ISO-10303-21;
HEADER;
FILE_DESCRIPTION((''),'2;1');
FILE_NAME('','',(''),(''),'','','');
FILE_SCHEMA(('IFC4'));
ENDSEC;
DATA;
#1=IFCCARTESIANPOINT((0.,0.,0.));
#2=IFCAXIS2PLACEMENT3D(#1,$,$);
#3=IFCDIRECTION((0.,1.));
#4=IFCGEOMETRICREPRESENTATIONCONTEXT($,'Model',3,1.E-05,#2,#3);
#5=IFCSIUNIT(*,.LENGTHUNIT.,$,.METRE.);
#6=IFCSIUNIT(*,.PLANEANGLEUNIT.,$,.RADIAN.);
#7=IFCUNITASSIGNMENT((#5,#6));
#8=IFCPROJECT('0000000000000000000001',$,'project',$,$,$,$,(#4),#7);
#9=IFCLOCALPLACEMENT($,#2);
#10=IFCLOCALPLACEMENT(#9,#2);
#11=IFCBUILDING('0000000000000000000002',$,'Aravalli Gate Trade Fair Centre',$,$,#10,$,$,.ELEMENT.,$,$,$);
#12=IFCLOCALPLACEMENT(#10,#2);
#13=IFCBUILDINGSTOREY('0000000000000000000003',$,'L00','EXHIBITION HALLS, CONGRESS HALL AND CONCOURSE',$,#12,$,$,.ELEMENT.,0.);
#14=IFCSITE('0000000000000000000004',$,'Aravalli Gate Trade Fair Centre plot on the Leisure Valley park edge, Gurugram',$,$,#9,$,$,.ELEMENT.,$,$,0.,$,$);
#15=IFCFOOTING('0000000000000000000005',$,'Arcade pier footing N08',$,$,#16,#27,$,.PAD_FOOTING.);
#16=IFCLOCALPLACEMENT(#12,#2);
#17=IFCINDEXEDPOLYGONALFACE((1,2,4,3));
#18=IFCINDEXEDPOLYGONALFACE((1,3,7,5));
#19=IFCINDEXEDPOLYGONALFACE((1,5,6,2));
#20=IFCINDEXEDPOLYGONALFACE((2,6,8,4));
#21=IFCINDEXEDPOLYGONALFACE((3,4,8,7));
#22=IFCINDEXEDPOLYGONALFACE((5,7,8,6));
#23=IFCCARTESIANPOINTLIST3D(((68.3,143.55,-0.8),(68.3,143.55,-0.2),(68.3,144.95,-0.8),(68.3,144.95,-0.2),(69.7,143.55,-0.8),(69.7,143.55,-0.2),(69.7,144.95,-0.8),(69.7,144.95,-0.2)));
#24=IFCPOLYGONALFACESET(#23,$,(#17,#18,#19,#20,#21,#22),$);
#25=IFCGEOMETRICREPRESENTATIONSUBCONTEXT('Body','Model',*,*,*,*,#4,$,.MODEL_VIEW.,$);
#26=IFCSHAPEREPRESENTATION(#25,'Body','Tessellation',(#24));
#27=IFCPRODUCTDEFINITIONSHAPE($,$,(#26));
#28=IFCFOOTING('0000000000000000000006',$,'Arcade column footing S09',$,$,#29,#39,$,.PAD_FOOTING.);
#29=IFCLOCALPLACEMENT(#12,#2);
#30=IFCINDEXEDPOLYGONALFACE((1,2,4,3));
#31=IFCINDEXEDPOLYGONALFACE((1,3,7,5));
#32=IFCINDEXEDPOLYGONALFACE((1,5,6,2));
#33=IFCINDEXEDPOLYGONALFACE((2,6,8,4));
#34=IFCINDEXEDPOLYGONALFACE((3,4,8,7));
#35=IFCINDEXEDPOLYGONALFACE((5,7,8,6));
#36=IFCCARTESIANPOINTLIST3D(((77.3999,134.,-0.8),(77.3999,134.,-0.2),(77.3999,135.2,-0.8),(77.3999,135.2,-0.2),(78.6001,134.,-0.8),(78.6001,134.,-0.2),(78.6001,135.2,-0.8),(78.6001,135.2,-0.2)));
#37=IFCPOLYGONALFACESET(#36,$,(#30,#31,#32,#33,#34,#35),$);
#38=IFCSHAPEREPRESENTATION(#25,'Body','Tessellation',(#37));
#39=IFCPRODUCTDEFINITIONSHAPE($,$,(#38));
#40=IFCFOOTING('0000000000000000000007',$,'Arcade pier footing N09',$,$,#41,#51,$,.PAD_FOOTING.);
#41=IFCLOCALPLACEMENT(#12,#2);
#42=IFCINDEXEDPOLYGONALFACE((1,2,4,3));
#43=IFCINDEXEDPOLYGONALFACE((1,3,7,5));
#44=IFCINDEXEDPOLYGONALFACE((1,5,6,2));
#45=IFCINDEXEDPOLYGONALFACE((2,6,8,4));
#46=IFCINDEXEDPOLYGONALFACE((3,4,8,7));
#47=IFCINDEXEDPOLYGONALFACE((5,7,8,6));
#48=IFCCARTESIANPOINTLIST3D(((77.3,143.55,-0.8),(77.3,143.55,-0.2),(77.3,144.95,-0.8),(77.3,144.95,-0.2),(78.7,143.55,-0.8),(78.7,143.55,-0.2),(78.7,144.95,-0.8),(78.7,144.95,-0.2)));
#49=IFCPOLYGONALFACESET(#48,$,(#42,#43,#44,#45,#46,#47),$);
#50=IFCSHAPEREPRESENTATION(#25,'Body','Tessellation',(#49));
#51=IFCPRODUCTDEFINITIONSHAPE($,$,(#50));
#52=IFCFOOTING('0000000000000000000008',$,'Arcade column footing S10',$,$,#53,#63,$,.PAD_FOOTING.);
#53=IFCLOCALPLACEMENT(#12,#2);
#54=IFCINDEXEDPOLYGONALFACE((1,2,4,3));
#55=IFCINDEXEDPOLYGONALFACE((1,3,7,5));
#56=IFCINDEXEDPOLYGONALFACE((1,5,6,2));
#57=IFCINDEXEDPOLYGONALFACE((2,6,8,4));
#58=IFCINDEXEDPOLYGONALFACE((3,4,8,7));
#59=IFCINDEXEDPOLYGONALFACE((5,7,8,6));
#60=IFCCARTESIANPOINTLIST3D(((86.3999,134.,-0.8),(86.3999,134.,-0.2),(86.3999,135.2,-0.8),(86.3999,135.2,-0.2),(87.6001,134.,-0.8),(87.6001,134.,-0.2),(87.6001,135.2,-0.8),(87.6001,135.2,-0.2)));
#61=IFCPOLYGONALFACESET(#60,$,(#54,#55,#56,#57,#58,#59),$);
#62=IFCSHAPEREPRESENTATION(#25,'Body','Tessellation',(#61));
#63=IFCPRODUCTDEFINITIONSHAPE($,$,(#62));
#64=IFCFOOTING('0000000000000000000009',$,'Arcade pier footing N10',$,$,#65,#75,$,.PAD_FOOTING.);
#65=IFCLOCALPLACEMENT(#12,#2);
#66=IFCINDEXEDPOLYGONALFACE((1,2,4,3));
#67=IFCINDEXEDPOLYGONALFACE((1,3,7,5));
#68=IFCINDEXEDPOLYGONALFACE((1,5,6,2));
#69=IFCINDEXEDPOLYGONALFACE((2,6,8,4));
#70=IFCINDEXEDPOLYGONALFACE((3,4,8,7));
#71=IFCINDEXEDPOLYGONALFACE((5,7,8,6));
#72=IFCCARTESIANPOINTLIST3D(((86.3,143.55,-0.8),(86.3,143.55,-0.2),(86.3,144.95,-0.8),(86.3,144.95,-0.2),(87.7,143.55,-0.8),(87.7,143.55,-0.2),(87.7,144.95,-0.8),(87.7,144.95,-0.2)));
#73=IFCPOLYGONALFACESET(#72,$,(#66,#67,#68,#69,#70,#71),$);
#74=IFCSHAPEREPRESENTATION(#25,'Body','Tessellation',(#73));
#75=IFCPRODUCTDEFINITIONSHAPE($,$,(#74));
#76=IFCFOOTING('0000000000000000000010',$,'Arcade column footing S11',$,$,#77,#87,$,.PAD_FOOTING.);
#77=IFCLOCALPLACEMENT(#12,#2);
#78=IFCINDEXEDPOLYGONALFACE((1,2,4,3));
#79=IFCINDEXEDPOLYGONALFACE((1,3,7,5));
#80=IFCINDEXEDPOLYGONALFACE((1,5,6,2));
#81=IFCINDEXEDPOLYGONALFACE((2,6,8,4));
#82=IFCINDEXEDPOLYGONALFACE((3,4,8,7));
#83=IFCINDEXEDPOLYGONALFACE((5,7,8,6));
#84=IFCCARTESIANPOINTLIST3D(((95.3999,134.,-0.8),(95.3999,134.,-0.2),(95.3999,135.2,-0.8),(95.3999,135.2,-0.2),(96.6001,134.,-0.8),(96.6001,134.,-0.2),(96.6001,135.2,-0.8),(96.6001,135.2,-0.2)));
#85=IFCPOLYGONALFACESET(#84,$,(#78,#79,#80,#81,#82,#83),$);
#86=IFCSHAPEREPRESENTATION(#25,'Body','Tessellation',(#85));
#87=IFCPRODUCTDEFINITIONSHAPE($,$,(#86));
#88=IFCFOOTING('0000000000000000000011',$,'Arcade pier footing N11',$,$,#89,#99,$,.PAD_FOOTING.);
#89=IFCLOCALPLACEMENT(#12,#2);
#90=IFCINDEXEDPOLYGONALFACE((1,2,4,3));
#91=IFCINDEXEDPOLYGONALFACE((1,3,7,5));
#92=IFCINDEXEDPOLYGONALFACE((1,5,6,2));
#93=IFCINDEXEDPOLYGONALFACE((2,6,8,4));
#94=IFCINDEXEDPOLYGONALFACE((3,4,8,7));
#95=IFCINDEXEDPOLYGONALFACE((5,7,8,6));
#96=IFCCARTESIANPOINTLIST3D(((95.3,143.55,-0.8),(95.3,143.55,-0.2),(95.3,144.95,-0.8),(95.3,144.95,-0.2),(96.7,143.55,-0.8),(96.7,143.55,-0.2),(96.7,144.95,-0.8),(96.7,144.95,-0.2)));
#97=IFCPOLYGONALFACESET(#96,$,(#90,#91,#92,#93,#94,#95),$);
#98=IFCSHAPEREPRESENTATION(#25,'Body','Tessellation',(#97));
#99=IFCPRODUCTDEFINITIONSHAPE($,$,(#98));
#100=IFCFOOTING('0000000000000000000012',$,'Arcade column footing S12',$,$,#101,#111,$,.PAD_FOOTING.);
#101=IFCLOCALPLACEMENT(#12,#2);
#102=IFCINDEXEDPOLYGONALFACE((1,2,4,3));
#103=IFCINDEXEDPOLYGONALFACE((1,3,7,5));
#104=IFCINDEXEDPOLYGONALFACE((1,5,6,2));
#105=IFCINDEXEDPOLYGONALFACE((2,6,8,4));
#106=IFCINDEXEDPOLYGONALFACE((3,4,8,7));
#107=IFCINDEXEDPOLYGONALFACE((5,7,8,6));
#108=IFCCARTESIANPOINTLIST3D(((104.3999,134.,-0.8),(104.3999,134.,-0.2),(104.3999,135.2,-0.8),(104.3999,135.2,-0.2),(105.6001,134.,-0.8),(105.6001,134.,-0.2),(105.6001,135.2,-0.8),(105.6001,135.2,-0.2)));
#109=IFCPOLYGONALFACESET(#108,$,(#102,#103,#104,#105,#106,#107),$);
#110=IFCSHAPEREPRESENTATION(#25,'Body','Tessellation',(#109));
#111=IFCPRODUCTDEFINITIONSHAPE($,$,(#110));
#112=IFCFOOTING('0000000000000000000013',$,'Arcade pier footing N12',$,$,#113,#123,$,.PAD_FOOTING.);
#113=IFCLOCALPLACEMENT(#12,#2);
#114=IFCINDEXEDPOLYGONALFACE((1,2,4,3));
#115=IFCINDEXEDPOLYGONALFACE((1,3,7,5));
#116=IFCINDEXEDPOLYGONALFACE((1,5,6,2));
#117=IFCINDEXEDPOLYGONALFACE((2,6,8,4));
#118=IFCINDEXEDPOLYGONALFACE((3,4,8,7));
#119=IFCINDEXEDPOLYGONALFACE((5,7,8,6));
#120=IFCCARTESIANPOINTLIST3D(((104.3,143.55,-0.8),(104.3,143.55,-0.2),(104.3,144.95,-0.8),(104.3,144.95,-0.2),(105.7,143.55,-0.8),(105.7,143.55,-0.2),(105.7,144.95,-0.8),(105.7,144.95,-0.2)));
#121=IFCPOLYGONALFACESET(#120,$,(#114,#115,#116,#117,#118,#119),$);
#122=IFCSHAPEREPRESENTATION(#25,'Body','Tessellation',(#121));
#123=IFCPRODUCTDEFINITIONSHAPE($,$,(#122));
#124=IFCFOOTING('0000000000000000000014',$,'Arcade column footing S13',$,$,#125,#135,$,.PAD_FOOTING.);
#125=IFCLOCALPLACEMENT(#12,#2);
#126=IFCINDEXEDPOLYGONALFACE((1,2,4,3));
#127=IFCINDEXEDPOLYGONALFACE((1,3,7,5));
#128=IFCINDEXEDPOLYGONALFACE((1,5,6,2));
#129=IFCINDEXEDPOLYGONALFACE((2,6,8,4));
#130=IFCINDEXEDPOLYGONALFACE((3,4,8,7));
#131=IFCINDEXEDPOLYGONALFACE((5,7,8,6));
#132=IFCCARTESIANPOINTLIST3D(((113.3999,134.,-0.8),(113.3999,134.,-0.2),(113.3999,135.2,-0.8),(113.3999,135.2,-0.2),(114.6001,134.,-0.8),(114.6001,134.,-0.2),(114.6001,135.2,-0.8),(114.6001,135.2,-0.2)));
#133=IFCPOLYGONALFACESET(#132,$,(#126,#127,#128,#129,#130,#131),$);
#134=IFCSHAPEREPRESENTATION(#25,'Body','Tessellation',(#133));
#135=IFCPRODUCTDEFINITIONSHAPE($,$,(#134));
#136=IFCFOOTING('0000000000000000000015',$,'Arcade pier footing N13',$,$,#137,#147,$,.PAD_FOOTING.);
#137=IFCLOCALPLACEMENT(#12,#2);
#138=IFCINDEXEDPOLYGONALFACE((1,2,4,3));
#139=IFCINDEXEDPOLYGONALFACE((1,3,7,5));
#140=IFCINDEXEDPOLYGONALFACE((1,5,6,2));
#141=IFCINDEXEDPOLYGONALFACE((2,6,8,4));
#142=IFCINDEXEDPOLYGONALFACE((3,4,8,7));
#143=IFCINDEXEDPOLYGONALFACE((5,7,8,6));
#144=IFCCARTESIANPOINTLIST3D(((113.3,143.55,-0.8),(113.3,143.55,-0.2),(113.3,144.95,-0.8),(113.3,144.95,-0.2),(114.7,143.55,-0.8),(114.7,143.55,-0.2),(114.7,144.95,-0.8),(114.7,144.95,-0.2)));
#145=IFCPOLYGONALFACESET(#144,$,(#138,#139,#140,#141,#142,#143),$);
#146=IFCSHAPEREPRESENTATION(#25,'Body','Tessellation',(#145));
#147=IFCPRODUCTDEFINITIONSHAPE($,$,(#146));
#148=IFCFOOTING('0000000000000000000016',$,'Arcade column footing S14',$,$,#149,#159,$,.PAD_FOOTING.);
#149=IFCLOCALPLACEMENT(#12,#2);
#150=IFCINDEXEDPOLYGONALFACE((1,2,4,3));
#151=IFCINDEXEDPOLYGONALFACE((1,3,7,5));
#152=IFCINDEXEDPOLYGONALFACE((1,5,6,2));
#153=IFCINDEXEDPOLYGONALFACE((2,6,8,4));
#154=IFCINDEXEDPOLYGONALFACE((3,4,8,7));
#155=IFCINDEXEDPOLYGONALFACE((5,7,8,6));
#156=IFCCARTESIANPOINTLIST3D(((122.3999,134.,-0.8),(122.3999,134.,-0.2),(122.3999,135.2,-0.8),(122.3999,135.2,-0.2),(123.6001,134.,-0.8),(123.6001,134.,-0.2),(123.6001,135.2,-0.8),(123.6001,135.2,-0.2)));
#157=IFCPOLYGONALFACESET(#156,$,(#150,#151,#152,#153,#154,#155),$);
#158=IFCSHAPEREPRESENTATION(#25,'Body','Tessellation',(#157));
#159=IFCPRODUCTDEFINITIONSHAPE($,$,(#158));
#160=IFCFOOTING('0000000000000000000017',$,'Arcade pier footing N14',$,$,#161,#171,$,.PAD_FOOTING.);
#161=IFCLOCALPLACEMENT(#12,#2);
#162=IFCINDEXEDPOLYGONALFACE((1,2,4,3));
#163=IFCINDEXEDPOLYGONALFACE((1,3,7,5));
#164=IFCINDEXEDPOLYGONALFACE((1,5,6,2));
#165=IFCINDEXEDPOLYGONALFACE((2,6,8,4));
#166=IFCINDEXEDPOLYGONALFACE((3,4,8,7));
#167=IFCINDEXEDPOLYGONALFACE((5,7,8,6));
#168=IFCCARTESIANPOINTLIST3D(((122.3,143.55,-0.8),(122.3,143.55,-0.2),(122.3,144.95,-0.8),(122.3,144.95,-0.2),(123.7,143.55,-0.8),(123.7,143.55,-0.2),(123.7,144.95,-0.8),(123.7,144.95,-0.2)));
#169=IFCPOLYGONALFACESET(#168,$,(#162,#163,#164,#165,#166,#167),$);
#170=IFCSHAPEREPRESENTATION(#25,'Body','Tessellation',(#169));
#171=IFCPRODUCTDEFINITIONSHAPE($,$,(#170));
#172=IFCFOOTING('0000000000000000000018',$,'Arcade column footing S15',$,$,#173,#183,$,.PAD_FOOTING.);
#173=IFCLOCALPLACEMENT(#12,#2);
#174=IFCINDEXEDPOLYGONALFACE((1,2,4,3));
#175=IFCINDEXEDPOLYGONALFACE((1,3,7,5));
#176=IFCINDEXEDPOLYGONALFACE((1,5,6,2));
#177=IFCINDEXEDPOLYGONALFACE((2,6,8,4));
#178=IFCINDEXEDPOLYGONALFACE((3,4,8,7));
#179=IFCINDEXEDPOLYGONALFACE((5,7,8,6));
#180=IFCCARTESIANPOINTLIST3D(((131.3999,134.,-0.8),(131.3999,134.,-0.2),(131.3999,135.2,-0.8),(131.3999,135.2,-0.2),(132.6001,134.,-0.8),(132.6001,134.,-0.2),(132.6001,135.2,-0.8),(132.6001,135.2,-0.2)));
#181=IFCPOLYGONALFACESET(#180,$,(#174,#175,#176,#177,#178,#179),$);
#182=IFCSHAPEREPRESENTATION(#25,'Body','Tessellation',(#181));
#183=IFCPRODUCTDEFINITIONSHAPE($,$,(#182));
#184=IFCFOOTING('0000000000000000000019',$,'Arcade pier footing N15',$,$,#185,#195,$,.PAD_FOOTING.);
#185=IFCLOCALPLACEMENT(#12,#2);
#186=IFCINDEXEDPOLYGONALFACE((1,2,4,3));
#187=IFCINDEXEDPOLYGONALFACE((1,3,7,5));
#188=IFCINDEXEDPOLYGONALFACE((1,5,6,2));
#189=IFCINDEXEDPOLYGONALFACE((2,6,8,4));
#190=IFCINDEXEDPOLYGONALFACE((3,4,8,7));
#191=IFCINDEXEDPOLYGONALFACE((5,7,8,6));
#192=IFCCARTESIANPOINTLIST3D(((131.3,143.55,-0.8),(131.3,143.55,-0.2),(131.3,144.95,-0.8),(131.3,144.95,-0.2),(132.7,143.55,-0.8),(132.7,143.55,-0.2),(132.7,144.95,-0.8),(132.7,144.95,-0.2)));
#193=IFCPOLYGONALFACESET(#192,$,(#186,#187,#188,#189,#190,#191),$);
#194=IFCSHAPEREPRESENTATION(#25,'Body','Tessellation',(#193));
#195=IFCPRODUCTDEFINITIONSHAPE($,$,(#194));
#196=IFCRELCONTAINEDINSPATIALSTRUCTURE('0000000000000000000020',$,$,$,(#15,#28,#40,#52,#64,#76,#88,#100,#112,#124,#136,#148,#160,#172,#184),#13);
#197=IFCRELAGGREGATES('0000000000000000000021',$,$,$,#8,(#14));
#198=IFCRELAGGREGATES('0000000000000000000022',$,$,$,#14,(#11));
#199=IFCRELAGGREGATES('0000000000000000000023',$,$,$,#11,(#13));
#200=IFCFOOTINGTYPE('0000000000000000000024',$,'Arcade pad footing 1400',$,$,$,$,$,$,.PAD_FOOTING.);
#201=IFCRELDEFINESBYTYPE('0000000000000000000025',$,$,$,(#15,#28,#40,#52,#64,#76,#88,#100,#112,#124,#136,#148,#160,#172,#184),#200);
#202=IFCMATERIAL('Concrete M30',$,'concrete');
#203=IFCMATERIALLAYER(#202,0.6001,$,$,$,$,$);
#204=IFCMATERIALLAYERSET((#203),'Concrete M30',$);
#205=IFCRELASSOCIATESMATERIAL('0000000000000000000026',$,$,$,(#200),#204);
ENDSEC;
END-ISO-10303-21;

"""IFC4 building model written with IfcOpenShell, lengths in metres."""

from ifc_helpers import new_model, si_unit, direction, frame, origin, place, context, subcontext, project, spatial, polyline, outline, extrude, material, layer, layer_set, type_object, element, save


model = new_model("IFC4")

# Units and contexts
model_context = context("Model", 3, precision=1e-05, world=origin(), true_north=direction((0.0, 1.0)))
body_context = subcontext(model_context, "Body", "Model", "MODEL_VIEW")
ifc_project = project(units=[si_unit("LENGTHUNIT", "METRE"), si_unit("PLANEANGLEUNIT", "RADIAN")], contexts=[model_context])

# Site, building, storey
site_placement = place(None, origin())
site = spatial("IfcSite", under=ifc_project, at=site_placement, Name="Aravalli Gate Trade Fair Centre plot on the Leisure Valley park edge, Gurugram", CompositionType="ELEMENT", RefElevation=0.0)
building_placement = place(site_placement, origin())
building = spatial("IfcBuilding", under=site, at=building_placement, Name="Aravalli Gate Trade Fair Centre", CompositionType="ELEMENT")
storey_placement = place(building_placement, origin())
storey = spatial("IfcBuildingStorey", under=building, at=storey_placement, Name="L00", Description="EXHIBITION HALLS, CONGRESS HALL AND CONCOURSE", CompositionType="ELEMENT", Elevation=0.0)

# Footings
ifc_material_1 = material(Name="Concrete M30", Category="concrete")
ifc_layer_1 = layer(ifc_material_1, 0.6001)
ifc_layer_set_1 = layer_set([ifc_layer_1], Name="Concrete M30")
footing_type_1 = type_object("IfcFootingType", Name="Arcade pad footing 1400", PredefinedType="PAD_FOOTING", material=ifc_layer_set_1)
footing_1_placement = place(storey_placement, frame((0.0, 0.0, -0.8)))
element("IfcFooting", 1, at=footing_1_placement, inside=storey, type_object=footing_type_1, Name="Arcade pier footing N08", PredefinedType="PAD_FOOTING", context=body_context, shape_type="SweptSolid", body=[
    extrude(outline(polyline([(68.3, 143.55), (69.7, 143.55), (69.7, 144.95), (68.3, 144.95), (68.3, 143.55)])), origin(), (0.0, 0.0, 1.0), 0.6001),
])
footing_2_placement = place(storey_placement, frame((0.0, 0.0, -0.8)))
element("IfcFooting", 2, at=footing_2_placement, inside=storey, type_object=footing_type_1, Name="Arcade column footing S09", PredefinedType="PAD_FOOTING", context=body_context, shape_type="SweptSolid", body=[
    extrude(outline(polyline([(77.3999, 134.0), (78.6001, 134.0), (78.6001, 135.2), (77.3999, 135.2), (77.3999, 134.0)])), origin(), (0.0, 0.0, 1.0), 0.6001),
])
footing_3_placement = place(storey_placement, frame((0.0, 0.0, -0.8)))
element("IfcFooting", 3, at=footing_3_placement, inside=storey, type_object=footing_type_1, Name="Arcade pier footing N09", PredefinedType="PAD_FOOTING", context=body_context, shape_type="SweptSolid", body=[
    extrude(outline(polyline([(77.3, 143.55), (78.7, 143.55), (78.7, 144.95), (77.3, 144.95), (77.3, 143.55)])), origin(), (0.0, 0.0, 1.0), 0.6001),
])
footing_4_placement = place(storey_placement, frame((0.0, 0.0, -0.8)))
element("IfcFooting", 4, at=footing_4_placement, inside=storey, type_object=footing_type_1, Name="Arcade column footing S10", PredefinedType="PAD_FOOTING", context=body_context, shape_type="SweptSolid", body=[
    extrude(outline(polyline([(86.3999, 134.0), (87.6001, 134.0), (87.6001, 135.2), (86.3999, 135.2), (86.3999, 134.0)])), origin(), (0.0, 0.0, 1.0), 0.6001),
])
footing_5_placement = place(storey_placement, frame((0.0, 0.0, -0.8)))
element("IfcFooting", 5, at=footing_5_placement, inside=storey, type_object=footing_type_1, Name="Arcade pier footing N10", PredefinedType="PAD_FOOTING", context=body_context, shape_type="SweptSolid", body=[
    extrude(outline(polyline([(86.3, 143.55), (87.7, 143.55), (87.7, 144.95), (86.3, 144.95), (86.3, 143.55)])), origin(), (0.0, 0.0, 1.0), 0.6001),
])
footing_6_placement = place(storey_placement, frame((0.0, 0.0, -0.8)))
element("IfcFooting", 6, at=footing_6_placement, inside=storey, type_object=footing_type_1, Name="Arcade column footing S11", PredefinedType="PAD_FOOTING", context=body_context, shape_type="SweptSolid", body=[
    extrude(outline(polyline([(95.3999, 134.0), (96.6001, 134.0), (96.6001, 135.2), (95.3999, 135.2), (95.3999, 134.0)])), origin(), (0.0, 0.0, 1.0), 0.6001),
])
footing_7_placement = place(storey_placement, frame((0.0, 0.0, -0.8)))
element("IfcFooting", 7, at=footing_7_placement, inside=storey, type_object=footing_type_1, Name="Arcade pier footing N11", PredefinedType="PAD_FOOTING", context=body_context, shape_type="SweptSolid", body=[
    extrude(outline(polyline([(95.3, 143.55), (96.7, 143.55), (96.7, 144.95), (95.3, 144.95), (95.3, 143.55)])), origin(), (0.0, 0.0, 1.0), 0.6001),
])
footing_8_placement = place(storey_placement, frame((0.0, 0.0, -0.8)))
element("IfcFooting", 8, at=footing_8_placement, inside=storey, type_object=footing_type_1, Name="Arcade column footing S12", PredefinedType="PAD_FOOTING", context=body_context, shape_type="SweptSolid", body=[
    extrude(outline(polyline([(104.3999, 134.0), (105.6001, 134.0), (105.6001, 135.2), (104.3999, 135.2), (104.3999, 134.0)])), origin(), (0.0, 0.0, 1.0), 0.6001),
])
footing_9_placement = place(storey_placement, frame((0.0, 0.0, -0.8)))
element("IfcFooting", 9, at=footing_9_placement, inside=storey, type_object=footing_type_1, Name="Arcade pier footing N12", PredefinedType="PAD_FOOTING", context=body_context, shape_type="SweptSolid", body=[
    extrude(outline(polyline([(104.3, 143.55), (105.7, 143.55), (105.7, 144.95), (104.3, 144.95), (104.3, 143.55)])), origin(), (0.0, 0.0, 1.0), 0.6001),
])
footing_10_placement = place(storey_placement, frame((0.0, 0.0, -0.8)))
element("IfcFooting", 10, at=footing_10_placement, inside=storey, type_object=footing_type_1, Name="Arcade column footing S13", PredefinedType="PAD_FOOTING", context=body_context, shape_type="SweptSolid", body=[
    extrude(outline(polyline([(113.3999, 134.0), (114.6001, 134.0), (114.6001, 135.2), (113.3999, 135.2), (113.3999, 134.0)])), origin(), (0.0, 0.0, 1.0), 0.6001),
])
footing_11_placement = place(storey_placement, frame((0.0, 0.0, -0.8)))
element("IfcFooting", 11, at=footing_11_placement, inside=storey, type_object=footing_type_1, Name="Arcade pier footing N13", PredefinedType="PAD_FOOTING", context=body_context, shape_type="SweptSolid", body=[
    extrude(outline(polyline([(113.3, 143.55), (114.7, 143.55), (114.7, 144.95), (113.3, 144.95), (113.3, 143.55)])), origin(), (0.0, 0.0, 1.0), 0.6001),
])
footing_12_placement = place(storey_placement, frame((0.0, 0.0, -0.8)))
element("IfcFooting", 12, at=footing_12_placement, inside=storey, type_object=footing_type_1, Name="Arcade column footing S14", PredefinedType="PAD_FOOTING", context=body_context, shape_type="SweptSolid", body=[
    extrude(outline(polyline([(122.3999, 134.0), (123.6001, 134.0), (123.6001, 135.2), (122.3999, 135.2), (122.3999, 134.0)])), origin(), (0.0, 0.0, 1.0), 0.6001),
])
footing_13_placement = place(storey_placement, frame((0.0, 0.0, -0.8)))
element("IfcFooting", 13, at=footing_13_placement, inside=storey, type_object=footing_type_1, Name="Arcade pier footing N14", PredefinedType="PAD_FOOTING", context=body_context, shape_type="SweptSolid", body=[
    extrude(outline(polyline([(122.3, 143.55), (123.7, 143.55), (123.7, 144.95), (122.3, 144.95), (122.3, 143.55)])), origin(), (0.0, 0.0, 1.0), 0.6001),
])
footing_14_placement = place(storey_placement, frame((0.0, 0.0, -0.8)))
element("IfcFooting", 14, at=footing_14_placement, inside=storey, type_object=footing_type_1, Name="Arcade column footing S15", PredefinedType="PAD_FOOTING", context=body_context, shape_type="SweptSolid", body=[
    extrude(outline(polyline([(131.3999, 134.0), (132.6001, 134.0), (132.6001, 135.2), (131.3999, 135.2), (131.3999, 134.0)])), origin(), (0.0, 0.0, 1.0), 0.6001),
])
footing_15_placement = place(storey_placement, frame((0.0, 0.0, -0.8)))
element("IfcFooting", 15, at=footing_15_placement, inside=storey, type_object=footing_type_1, Name="Arcade pier footing N15", PredefinedType="PAD_FOOTING", context=body_context, shape_type="SweptSolid", body=[
    extrude(outline(polyline([(131.3, 143.55), (132.7, 143.55), (132.7, 144.95), (131.3, 144.95), (131.3, 143.55)])), origin(), (0.0, 0.0, 1.0), 0.6001),
])

save(model, "model.ifc")
